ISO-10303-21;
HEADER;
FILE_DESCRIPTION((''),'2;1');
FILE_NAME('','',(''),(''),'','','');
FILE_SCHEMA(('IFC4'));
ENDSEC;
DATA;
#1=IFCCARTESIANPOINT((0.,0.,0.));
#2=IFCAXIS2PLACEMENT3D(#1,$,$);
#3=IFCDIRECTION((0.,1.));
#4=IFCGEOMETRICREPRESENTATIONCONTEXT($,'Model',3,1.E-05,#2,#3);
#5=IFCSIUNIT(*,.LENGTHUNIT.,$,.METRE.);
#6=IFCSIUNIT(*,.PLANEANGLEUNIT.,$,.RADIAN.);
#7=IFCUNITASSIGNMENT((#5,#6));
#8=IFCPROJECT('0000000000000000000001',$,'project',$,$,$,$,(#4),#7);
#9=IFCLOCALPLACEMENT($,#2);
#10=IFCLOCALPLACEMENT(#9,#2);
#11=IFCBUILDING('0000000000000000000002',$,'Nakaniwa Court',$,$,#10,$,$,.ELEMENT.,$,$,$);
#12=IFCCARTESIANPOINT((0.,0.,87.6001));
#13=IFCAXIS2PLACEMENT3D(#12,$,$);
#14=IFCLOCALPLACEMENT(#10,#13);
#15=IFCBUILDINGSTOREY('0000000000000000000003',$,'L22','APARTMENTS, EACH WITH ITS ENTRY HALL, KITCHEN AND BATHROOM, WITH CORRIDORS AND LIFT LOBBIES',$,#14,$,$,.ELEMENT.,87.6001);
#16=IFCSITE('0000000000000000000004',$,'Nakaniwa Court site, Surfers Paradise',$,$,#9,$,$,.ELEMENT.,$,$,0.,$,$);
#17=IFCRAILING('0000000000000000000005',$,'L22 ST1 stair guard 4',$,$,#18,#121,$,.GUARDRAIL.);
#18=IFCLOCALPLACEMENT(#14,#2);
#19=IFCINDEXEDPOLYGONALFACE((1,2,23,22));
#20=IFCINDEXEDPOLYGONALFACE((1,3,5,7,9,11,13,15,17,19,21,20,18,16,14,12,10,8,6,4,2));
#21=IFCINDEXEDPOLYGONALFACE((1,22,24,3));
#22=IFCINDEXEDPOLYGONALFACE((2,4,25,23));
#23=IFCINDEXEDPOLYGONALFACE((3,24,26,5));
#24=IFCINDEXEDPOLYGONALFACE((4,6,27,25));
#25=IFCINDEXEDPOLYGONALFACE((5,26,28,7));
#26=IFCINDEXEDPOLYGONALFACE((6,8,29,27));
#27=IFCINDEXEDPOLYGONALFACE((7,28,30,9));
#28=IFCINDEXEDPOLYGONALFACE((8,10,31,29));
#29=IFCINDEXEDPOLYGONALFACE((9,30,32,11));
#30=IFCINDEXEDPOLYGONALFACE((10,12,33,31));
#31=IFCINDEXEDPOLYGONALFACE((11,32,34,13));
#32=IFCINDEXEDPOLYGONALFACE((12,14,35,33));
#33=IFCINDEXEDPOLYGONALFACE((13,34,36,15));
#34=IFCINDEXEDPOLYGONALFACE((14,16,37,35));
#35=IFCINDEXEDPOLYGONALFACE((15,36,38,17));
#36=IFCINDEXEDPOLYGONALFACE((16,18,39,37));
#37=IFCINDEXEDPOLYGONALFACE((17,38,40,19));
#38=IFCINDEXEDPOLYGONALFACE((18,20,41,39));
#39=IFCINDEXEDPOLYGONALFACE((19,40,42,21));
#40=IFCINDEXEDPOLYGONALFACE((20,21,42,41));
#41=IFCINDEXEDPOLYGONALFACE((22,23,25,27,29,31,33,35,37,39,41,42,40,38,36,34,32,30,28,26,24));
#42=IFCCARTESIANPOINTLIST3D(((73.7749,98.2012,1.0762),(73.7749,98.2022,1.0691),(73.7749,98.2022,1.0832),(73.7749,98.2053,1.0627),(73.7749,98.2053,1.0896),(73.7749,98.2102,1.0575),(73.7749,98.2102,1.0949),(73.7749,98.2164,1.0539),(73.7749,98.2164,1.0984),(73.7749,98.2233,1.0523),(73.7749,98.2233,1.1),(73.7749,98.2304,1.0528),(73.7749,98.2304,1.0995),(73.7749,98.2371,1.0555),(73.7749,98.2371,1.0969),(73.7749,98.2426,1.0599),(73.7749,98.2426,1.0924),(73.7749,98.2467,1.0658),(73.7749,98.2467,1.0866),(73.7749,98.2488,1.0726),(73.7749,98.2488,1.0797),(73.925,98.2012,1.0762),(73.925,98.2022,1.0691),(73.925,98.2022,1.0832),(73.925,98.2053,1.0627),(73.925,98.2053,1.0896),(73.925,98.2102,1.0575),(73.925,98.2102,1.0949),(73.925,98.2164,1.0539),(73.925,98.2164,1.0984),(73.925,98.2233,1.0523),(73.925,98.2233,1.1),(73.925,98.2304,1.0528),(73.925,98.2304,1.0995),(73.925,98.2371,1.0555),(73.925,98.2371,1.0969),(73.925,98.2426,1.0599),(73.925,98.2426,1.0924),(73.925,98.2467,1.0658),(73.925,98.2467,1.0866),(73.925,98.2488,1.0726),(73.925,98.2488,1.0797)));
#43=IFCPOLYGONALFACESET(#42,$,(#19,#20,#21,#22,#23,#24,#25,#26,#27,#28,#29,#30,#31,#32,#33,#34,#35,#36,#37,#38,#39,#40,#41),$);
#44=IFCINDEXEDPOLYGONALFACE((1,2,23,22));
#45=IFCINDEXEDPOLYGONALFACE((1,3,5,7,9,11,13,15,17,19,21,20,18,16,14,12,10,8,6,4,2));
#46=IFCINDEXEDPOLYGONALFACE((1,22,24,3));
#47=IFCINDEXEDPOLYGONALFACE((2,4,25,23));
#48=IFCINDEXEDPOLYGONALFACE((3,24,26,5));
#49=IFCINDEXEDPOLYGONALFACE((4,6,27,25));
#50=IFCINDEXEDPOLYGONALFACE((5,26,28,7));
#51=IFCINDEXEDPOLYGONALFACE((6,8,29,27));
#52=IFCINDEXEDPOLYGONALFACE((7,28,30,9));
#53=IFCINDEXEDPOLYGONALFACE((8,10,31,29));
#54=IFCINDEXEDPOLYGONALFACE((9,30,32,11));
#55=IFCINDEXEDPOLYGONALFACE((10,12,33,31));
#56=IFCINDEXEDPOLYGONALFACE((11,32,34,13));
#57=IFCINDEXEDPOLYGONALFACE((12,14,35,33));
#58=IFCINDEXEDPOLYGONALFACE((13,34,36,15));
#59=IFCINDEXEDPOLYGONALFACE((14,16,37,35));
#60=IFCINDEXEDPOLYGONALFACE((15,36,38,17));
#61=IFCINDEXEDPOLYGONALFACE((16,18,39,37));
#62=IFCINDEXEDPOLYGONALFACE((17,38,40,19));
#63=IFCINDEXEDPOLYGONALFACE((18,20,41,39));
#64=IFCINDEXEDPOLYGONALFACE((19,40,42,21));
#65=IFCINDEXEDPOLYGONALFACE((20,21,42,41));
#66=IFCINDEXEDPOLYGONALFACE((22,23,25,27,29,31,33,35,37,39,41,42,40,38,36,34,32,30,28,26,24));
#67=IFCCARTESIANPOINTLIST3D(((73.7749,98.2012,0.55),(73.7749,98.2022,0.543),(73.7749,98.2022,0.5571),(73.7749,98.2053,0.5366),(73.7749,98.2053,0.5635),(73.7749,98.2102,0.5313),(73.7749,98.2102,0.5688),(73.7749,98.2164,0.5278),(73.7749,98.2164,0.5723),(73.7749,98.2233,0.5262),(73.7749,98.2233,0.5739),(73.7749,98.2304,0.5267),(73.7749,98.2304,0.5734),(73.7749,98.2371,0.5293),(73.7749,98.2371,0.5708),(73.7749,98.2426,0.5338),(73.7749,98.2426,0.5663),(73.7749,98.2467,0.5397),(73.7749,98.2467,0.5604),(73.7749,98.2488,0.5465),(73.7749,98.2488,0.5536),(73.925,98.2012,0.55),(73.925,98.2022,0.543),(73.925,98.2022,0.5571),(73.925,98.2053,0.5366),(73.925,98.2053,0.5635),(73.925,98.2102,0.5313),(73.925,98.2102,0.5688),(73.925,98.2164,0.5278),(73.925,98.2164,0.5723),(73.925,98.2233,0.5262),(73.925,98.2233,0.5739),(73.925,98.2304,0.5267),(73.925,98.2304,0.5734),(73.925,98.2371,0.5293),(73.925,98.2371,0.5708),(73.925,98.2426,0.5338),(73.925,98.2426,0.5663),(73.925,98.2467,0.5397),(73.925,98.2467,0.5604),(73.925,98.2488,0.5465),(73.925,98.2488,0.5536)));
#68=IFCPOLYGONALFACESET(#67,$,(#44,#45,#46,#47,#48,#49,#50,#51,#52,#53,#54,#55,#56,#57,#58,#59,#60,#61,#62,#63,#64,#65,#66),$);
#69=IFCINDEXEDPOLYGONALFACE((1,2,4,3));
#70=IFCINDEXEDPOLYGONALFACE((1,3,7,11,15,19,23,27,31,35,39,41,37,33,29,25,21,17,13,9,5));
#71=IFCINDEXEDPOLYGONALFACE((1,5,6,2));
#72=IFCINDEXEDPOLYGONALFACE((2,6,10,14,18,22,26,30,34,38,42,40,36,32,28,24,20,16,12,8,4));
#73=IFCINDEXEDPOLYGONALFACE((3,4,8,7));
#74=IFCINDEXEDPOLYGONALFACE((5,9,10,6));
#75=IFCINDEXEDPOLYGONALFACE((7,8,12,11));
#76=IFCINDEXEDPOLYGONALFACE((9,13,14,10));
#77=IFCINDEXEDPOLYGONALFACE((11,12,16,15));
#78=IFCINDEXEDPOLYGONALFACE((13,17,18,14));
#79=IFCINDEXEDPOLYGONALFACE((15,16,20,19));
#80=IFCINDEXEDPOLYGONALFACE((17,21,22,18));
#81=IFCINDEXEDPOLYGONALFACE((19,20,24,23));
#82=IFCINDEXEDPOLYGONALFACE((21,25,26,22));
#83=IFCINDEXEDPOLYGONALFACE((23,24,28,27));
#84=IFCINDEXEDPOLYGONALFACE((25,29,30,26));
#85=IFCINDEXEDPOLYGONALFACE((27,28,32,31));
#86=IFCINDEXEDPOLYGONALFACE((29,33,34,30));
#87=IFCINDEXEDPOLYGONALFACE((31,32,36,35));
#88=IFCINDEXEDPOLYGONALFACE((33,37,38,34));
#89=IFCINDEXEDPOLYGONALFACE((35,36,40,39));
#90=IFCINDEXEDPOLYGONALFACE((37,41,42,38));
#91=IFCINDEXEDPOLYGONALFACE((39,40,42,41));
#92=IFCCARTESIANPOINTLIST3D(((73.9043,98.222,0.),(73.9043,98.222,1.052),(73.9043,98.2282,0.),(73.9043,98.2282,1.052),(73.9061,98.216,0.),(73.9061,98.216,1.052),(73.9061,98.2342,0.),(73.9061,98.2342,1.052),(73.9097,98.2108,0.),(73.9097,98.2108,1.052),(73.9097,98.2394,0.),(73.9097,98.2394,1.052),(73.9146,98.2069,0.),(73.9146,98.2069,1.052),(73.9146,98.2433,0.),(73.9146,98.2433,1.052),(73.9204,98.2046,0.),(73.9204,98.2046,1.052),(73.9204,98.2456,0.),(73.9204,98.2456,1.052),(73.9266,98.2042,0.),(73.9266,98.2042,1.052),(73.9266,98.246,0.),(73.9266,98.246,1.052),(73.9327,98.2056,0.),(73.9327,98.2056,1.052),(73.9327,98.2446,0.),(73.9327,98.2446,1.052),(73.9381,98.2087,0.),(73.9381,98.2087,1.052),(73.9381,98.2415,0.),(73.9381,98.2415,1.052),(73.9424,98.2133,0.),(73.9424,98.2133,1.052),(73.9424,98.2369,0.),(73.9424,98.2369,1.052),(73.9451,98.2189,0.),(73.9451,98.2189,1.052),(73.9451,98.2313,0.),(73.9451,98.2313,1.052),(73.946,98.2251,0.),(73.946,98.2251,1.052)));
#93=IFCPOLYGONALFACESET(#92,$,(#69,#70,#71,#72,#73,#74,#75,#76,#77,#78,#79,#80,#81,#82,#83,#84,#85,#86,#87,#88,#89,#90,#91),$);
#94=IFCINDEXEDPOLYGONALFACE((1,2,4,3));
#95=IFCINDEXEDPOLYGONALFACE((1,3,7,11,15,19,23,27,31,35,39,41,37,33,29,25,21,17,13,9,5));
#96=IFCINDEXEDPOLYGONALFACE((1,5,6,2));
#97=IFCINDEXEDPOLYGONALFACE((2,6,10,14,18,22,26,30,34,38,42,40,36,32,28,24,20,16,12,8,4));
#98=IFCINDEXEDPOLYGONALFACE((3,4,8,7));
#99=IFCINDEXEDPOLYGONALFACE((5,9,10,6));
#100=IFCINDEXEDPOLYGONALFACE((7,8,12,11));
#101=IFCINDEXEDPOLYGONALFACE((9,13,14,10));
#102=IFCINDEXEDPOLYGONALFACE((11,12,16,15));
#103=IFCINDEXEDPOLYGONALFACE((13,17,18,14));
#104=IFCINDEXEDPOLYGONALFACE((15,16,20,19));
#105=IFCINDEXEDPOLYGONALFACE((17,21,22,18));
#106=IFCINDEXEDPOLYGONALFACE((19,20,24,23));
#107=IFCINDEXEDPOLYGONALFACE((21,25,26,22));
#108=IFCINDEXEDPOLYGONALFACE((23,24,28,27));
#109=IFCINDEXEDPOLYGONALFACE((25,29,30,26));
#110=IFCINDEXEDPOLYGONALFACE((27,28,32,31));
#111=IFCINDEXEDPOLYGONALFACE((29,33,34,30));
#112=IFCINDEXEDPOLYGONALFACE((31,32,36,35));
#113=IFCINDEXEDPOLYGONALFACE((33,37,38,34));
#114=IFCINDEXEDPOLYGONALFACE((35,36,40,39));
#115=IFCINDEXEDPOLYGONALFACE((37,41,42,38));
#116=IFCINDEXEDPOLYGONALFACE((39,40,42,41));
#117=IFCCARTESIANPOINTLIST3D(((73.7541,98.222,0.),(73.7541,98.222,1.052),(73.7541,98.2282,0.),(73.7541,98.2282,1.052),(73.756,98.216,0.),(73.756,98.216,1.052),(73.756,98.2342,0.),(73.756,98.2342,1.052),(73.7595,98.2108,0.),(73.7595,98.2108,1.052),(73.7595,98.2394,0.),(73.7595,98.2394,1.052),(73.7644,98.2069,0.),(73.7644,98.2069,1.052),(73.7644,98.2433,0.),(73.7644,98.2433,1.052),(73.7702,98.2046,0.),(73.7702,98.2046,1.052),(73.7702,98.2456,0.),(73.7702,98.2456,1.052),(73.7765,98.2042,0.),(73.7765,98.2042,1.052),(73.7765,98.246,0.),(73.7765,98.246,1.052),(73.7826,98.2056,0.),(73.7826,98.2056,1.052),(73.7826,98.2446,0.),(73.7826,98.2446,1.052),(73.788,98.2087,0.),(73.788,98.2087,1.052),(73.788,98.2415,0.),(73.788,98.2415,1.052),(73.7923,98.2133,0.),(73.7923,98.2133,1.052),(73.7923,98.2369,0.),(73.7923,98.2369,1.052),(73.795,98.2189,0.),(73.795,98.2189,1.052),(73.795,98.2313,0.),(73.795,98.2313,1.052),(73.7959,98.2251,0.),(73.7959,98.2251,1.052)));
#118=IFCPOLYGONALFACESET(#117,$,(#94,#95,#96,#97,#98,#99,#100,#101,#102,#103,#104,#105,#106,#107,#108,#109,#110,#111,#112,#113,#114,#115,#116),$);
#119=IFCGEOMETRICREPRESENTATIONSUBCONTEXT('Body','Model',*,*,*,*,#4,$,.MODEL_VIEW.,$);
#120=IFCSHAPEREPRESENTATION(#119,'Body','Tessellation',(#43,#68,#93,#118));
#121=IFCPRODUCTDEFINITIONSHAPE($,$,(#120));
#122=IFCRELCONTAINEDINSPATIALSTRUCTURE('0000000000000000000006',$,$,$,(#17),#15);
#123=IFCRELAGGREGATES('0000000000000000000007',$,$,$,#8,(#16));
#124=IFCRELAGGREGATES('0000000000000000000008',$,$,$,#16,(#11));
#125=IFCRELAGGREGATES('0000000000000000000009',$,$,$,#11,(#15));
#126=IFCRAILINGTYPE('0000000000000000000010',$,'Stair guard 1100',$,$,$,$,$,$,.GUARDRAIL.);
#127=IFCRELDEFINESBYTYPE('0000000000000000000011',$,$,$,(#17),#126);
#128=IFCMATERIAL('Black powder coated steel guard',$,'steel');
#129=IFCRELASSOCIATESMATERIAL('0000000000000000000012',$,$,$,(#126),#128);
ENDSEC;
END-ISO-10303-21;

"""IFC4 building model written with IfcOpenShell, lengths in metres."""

from ifc_helpers import new_model, si_unit, direction, frame, origin, origin_2d, place, context, subcontext, project, spatial, circle, extrude, material, type_object, element, save


model = new_model("IFC4")

# Units and contexts
model_context = context("Model", 3, precision=1e-05, world=origin(), true_north=direction((0.0, 1.0)))
body_context = subcontext(model_context, "Body", "Model", "MODEL_VIEW")
ifc_project = project(units=[si_unit("LENGTHUNIT", "METRE"), si_unit("PLANEANGLEUNIT", "RADIAN")], contexts=[model_context])

# Site, building, storey
site_placement = place(None, origin())
site = spatial("IfcSite", under=ifc_project, at=site_placement, Name="Nakaniwa Court site, Surfers Paradise", CompositionType="ELEMENT", RefElevation=0.0)
building_placement = place(site_placement, origin())
building = spatial("IfcBuilding", under=site, at=building_placement, Name="Nakaniwa Court", CompositionType="ELEMENT")
storey_placement = place(building_placement, frame((0.0, 0.0, 87.6001)))
storey = spatial("IfcBuildingStorey", under=building, at=storey_placement, Name="L22", Description="APARTMENTS, EACH WITH ITS ENTRY HALL, KITCHEN AND BATHROOM, WITH CORRIDORS AND LIFT LOBBIES", CompositionType="ELEMENT", Elevation=87.6001)

# Railing
ifc_material_1 = material(Name="Black powder coated steel guard", Category="steel")
railing_type_1 = type_object("IfcRailingType", Name="Stair guard 1100", PredefinedType="GUARDRAIL", material=ifc_material_1)
railing_1_placement = place(storey_placement, frame((73.925, 98.2251, 0.0)))
element("IfcRailing", 1, at=railing_1_placement, inside=storey, type_object=railing_type_1, Name="L22 ST1 stair guard 4", PredefinedType="GUARDRAIL", context=body_context, shape_type="SweptSolid", body=[
    extrude(circle(Radius=0.0239, at=origin_2d()), frame((0.0, 0.0, 1.0762), z_axis=(-1.0, 0.0, 0.0), x_axis=(0.0, -1.0, 0.0)), (0.0, 0.0, 1.0), 0.1501),
    extrude(circle(Radius=0.0239, at=origin_2d()), frame((0.0, 0.0, 0.55), z_axis=(-1.0, 0.0, 0.0), x_axis=(0.0, -1.0, 0.0)), (0.0, 0.0, 1.0), 0.1501),
    extrude(circle(Radius=0.021, at=origin_2d()), origin(), (0.0, 0.0, 1.0), 1.052),
    extrude(circle(Radius=0.021, at=origin_2d()), frame((-0.1501, 0.0, 0.0)), (0.0, 0.0, 1.0), 1.052),
])

save(model, "model.ifc")
